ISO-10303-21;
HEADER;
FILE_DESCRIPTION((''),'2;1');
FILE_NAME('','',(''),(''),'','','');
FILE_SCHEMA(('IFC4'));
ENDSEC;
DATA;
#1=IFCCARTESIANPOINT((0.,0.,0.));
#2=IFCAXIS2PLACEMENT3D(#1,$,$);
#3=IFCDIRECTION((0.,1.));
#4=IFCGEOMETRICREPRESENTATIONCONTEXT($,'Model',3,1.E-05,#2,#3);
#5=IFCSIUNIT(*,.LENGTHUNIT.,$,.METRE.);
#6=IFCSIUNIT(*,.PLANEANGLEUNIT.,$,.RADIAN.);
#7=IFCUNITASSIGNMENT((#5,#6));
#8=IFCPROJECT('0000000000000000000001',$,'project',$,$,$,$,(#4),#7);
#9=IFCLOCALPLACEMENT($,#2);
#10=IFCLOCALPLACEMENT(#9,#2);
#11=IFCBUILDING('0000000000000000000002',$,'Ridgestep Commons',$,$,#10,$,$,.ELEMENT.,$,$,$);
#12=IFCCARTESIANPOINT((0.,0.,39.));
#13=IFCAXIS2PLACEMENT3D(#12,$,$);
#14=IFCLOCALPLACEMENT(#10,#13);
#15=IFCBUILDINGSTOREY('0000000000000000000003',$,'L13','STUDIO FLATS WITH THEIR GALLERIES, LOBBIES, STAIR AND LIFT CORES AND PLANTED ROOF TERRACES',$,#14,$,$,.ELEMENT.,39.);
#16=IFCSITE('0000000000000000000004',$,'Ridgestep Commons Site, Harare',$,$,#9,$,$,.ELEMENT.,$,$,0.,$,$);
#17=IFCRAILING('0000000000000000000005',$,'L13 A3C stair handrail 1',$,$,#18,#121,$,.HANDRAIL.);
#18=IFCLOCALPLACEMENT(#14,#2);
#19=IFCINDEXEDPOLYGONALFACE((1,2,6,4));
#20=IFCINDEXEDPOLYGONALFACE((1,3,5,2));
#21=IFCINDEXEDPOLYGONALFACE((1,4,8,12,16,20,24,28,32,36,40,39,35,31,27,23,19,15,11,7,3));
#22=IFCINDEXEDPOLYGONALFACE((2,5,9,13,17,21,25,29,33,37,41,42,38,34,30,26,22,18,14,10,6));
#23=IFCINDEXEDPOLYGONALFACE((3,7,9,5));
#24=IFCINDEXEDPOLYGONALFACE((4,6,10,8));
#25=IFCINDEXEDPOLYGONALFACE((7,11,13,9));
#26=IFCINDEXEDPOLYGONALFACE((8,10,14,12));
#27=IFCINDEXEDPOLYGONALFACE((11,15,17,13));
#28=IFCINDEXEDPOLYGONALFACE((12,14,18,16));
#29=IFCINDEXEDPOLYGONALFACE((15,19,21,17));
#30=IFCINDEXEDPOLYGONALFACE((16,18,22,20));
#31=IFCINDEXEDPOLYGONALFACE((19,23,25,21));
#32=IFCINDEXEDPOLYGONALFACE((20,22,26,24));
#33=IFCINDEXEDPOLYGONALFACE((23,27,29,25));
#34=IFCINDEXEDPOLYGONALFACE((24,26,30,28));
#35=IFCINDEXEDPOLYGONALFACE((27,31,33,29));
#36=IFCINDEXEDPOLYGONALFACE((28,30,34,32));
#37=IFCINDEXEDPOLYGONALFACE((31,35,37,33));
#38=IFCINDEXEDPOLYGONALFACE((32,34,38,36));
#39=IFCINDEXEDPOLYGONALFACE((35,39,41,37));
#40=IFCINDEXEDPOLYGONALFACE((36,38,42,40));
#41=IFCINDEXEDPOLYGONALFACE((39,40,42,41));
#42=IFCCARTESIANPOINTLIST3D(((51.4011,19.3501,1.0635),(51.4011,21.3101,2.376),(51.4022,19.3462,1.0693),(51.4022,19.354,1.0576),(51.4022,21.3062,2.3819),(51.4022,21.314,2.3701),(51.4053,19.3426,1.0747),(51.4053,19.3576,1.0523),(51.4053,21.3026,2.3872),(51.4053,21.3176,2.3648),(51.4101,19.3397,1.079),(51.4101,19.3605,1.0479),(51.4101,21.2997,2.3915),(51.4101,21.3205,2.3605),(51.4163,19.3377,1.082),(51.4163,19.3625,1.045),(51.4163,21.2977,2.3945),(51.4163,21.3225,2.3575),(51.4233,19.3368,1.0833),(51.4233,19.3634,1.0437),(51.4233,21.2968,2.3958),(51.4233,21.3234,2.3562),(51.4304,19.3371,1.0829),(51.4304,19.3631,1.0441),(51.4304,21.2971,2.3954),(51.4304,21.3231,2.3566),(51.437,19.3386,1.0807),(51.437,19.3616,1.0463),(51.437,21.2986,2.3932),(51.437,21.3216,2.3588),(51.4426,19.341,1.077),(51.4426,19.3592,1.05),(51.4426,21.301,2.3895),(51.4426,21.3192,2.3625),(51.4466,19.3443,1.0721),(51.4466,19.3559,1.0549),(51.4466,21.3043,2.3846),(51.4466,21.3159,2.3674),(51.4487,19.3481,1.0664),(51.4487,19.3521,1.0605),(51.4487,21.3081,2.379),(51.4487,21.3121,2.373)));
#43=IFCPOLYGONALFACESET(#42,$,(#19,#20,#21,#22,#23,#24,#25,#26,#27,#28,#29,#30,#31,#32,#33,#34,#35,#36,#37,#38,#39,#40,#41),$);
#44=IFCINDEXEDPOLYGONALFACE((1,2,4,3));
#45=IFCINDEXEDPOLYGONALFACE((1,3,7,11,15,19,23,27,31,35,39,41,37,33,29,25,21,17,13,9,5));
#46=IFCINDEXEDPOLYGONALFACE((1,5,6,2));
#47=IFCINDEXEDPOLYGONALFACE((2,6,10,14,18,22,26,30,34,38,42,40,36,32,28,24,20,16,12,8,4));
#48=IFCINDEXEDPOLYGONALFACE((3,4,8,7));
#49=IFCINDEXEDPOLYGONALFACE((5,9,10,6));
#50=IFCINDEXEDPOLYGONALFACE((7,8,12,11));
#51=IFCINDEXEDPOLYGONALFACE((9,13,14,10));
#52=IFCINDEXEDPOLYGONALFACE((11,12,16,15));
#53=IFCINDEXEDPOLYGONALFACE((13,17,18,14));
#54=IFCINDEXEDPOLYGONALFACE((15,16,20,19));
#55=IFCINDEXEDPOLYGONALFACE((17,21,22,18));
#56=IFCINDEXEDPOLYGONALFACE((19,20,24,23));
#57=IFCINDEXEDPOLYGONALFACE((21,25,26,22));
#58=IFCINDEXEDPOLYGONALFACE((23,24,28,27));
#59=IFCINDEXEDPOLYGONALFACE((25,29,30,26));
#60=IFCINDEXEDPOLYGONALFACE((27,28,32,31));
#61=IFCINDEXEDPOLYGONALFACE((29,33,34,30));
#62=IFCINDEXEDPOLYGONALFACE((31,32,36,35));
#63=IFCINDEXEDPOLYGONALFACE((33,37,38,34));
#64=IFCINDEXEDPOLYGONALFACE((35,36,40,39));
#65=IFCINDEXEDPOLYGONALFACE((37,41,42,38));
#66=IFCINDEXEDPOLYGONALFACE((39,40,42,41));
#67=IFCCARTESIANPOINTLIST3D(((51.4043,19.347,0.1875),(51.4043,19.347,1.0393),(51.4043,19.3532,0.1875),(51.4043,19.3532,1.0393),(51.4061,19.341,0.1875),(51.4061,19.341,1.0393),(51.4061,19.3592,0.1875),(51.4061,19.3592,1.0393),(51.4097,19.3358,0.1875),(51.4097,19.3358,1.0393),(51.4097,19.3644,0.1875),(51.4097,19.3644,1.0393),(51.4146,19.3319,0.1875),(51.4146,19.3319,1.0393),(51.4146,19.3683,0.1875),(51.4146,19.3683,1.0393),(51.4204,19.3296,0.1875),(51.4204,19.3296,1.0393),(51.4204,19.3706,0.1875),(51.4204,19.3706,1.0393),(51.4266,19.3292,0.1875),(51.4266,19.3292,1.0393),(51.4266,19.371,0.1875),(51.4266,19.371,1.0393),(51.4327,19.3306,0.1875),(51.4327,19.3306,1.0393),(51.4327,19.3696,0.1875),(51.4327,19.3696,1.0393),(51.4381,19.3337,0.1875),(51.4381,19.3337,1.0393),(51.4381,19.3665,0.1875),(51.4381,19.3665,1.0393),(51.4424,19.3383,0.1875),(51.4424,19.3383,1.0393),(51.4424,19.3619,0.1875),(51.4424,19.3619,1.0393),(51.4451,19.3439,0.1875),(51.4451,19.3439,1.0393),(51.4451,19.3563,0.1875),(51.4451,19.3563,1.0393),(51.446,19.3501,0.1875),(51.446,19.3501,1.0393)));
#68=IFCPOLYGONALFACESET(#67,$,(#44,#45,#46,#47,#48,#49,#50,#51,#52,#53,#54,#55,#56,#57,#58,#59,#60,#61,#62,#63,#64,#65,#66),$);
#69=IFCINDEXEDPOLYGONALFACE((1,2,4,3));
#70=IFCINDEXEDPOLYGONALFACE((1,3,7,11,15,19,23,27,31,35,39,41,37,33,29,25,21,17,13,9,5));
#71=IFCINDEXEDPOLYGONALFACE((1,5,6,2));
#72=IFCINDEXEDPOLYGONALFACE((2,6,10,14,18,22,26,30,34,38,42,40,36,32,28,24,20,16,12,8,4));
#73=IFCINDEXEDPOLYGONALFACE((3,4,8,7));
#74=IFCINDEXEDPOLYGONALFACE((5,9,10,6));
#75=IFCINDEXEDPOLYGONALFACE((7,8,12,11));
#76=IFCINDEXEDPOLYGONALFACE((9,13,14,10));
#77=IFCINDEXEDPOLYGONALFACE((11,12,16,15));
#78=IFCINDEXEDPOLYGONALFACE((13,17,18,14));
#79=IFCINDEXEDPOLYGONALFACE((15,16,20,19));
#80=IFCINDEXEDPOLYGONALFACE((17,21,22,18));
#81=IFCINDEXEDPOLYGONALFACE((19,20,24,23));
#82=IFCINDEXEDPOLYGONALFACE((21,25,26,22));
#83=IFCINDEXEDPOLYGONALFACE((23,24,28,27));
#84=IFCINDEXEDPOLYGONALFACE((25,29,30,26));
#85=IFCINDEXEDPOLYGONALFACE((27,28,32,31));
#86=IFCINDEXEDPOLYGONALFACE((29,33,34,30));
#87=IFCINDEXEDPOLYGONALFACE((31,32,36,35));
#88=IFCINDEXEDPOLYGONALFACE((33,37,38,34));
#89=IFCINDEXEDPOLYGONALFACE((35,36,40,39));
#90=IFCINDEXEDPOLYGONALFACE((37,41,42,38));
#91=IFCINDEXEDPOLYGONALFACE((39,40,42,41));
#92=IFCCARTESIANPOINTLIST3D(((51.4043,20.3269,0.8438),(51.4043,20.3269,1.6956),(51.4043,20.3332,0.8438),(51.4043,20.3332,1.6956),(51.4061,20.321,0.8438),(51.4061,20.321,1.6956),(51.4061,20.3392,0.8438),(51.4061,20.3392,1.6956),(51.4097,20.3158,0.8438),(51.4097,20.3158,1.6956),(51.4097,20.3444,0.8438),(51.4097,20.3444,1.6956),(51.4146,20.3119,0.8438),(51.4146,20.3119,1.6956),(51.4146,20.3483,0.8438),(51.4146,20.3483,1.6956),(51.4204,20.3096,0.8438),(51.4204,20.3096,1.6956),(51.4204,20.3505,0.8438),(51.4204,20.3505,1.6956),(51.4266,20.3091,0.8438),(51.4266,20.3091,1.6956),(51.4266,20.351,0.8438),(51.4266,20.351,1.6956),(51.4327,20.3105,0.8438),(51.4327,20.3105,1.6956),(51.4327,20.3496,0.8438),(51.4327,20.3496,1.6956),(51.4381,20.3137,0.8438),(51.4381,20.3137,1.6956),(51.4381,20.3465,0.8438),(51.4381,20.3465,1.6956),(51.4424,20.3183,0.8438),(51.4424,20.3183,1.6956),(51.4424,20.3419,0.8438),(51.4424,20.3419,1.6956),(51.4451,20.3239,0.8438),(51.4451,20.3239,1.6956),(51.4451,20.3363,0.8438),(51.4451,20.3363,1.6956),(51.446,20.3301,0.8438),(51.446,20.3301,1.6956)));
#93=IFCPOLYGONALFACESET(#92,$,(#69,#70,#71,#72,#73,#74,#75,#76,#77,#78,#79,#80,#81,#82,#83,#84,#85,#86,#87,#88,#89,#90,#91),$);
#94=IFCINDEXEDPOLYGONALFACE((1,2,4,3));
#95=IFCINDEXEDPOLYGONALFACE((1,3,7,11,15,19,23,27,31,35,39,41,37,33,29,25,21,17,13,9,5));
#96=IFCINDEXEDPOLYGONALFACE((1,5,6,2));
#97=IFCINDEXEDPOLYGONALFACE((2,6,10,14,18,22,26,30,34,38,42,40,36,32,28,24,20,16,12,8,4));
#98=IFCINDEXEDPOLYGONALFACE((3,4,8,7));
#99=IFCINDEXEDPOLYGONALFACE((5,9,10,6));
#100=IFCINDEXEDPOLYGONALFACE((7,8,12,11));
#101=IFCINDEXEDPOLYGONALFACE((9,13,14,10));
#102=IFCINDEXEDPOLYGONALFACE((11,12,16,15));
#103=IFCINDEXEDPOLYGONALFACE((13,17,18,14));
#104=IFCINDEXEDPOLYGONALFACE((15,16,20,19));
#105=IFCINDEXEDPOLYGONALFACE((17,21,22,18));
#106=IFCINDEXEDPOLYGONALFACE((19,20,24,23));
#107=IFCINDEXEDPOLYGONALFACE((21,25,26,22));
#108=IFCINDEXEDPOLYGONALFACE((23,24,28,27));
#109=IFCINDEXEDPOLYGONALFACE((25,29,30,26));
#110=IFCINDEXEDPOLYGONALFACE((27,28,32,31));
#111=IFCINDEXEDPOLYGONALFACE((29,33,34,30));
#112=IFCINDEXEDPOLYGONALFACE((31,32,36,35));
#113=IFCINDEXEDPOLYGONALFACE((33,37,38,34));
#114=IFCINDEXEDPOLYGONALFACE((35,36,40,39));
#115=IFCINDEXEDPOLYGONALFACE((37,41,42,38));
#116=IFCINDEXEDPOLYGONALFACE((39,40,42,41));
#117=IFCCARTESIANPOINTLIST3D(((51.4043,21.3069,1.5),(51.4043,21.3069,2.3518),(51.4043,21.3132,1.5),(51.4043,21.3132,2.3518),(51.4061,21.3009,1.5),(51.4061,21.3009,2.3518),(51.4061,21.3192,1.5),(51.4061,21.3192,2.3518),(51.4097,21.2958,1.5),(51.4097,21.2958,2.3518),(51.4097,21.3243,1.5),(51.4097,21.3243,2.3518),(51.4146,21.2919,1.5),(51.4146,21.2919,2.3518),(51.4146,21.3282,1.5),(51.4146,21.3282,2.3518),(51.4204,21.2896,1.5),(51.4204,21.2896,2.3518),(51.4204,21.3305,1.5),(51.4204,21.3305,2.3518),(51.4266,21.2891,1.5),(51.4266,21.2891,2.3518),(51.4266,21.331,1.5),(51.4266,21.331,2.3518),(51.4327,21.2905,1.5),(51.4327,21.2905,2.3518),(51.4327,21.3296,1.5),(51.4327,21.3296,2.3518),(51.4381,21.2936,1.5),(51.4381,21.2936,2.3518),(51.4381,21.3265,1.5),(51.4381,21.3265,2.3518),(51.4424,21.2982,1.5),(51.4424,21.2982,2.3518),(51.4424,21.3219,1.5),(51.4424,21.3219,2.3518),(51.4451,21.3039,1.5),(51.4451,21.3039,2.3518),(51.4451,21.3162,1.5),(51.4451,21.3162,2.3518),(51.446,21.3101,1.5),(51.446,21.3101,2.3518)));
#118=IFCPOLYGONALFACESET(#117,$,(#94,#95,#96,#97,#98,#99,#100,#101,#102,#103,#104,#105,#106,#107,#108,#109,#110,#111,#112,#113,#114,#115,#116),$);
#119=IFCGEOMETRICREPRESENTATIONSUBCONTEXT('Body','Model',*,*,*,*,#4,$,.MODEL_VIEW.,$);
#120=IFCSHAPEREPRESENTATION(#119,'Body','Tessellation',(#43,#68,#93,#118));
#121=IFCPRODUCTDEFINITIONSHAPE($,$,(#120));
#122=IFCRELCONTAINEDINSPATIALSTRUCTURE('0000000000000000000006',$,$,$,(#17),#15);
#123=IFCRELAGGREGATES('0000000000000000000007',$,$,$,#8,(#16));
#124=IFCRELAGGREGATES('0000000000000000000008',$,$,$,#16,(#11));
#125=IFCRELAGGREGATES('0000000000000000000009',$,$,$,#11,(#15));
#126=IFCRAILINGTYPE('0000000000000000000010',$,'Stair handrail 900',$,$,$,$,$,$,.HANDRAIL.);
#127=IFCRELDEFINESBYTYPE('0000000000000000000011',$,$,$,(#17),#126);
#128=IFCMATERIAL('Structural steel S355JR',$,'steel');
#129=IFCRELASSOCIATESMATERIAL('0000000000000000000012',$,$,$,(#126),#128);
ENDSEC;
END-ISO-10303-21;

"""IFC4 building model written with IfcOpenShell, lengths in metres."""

from ifc_helpers import new_model, si_unit, direction, frame, origin, origin_2d, place, context, subcontext, project, spatial, circle, extrude, material, type_object, element, save


model = new_model("IFC4")

# Units and contexts
model_context = context("Model", 3, precision=1e-05, world=origin(), true_north=direction((0.0, 1.0)))
body_context = subcontext(model_context, "Body", "Model", "MODEL_VIEW")
ifc_project = project(units=[si_unit("LENGTHUNIT", "METRE"), si_unit("PLANEANGLEUNIT", "RADIAN")], contexts=[model_context])

# Site, building, storey
site_placement = place(None, origin())
site = spatial("IfcSite", under=ifc_project, at=site_placement, Name="Ridgestep Commons Site, Harare", CompositionType="ELEMENT", RefElevation=0.0)
building_placement = place(site_placement, origin())
building = spatial("IfcBuilding", under=site, at=building_placement, Name="Ridgestep Commons", CompositionType="ELEMENT")
storey_placement = place(building_placement, frame((0.0, 0.0, 39.0)))
storey = spatial("IfcBuildingStorey", under=building, at=storey_placement, Name="L13", Description="STUDIO FLATS WITH THEIR GALLERIES, LOBBIES, STAIR AND LIFT CORES AND PLANTED ROOF TERRACES", CompositionType="ELEMENT", Elevation=39.0)

# Railing
ifc_material_1 = material(Name="Structural steel S355JR", Category="steel")
railing_type_1 = type_object("IfcRailingType", Name="Stair handrail 900", PredefinedType="HANDRAIL", material=ifc_material_1)
railing_1_placement = place(storey_placement, frame((51.425, 19.3501, 0.1875)))
element("IfcRailing", 1, at=railing_1_placement, inside=storey, type_object=railing_type_1, Name="L13 A3C stair handrail 1", PredefinedType="HANDRAIL", context=body_context, shape_type="SweptSolid", body=[
    extrude(circle(Radius=0.0239, at=origin_2d()), frame((0.0, 0.0, 0.876), z_axis=(0.0, 0.830902, 0.556419), x_axis=(-1.0, 0.0, 0.0)), (0.0, 0.0, 1.0), 2.3589),
    extrude(circle(Radius=0.021, at=origin_2d()), origin(), (0.0, 0.0, 1.0), 0.8518),
    extrude(circle(Radius=0.021, at=origin_2d()), frame((0.0, 0.98, 0.6562)), (0.0, 0.0, 1.0), 0.8518),
    extrude(circle(Radius=0.021, at=origin_2d()), frame((0.0, 1.96, 1.3125)), (0.0, 0.0, 1.0), 0.8518),
])

save(model, "model.ifc")
